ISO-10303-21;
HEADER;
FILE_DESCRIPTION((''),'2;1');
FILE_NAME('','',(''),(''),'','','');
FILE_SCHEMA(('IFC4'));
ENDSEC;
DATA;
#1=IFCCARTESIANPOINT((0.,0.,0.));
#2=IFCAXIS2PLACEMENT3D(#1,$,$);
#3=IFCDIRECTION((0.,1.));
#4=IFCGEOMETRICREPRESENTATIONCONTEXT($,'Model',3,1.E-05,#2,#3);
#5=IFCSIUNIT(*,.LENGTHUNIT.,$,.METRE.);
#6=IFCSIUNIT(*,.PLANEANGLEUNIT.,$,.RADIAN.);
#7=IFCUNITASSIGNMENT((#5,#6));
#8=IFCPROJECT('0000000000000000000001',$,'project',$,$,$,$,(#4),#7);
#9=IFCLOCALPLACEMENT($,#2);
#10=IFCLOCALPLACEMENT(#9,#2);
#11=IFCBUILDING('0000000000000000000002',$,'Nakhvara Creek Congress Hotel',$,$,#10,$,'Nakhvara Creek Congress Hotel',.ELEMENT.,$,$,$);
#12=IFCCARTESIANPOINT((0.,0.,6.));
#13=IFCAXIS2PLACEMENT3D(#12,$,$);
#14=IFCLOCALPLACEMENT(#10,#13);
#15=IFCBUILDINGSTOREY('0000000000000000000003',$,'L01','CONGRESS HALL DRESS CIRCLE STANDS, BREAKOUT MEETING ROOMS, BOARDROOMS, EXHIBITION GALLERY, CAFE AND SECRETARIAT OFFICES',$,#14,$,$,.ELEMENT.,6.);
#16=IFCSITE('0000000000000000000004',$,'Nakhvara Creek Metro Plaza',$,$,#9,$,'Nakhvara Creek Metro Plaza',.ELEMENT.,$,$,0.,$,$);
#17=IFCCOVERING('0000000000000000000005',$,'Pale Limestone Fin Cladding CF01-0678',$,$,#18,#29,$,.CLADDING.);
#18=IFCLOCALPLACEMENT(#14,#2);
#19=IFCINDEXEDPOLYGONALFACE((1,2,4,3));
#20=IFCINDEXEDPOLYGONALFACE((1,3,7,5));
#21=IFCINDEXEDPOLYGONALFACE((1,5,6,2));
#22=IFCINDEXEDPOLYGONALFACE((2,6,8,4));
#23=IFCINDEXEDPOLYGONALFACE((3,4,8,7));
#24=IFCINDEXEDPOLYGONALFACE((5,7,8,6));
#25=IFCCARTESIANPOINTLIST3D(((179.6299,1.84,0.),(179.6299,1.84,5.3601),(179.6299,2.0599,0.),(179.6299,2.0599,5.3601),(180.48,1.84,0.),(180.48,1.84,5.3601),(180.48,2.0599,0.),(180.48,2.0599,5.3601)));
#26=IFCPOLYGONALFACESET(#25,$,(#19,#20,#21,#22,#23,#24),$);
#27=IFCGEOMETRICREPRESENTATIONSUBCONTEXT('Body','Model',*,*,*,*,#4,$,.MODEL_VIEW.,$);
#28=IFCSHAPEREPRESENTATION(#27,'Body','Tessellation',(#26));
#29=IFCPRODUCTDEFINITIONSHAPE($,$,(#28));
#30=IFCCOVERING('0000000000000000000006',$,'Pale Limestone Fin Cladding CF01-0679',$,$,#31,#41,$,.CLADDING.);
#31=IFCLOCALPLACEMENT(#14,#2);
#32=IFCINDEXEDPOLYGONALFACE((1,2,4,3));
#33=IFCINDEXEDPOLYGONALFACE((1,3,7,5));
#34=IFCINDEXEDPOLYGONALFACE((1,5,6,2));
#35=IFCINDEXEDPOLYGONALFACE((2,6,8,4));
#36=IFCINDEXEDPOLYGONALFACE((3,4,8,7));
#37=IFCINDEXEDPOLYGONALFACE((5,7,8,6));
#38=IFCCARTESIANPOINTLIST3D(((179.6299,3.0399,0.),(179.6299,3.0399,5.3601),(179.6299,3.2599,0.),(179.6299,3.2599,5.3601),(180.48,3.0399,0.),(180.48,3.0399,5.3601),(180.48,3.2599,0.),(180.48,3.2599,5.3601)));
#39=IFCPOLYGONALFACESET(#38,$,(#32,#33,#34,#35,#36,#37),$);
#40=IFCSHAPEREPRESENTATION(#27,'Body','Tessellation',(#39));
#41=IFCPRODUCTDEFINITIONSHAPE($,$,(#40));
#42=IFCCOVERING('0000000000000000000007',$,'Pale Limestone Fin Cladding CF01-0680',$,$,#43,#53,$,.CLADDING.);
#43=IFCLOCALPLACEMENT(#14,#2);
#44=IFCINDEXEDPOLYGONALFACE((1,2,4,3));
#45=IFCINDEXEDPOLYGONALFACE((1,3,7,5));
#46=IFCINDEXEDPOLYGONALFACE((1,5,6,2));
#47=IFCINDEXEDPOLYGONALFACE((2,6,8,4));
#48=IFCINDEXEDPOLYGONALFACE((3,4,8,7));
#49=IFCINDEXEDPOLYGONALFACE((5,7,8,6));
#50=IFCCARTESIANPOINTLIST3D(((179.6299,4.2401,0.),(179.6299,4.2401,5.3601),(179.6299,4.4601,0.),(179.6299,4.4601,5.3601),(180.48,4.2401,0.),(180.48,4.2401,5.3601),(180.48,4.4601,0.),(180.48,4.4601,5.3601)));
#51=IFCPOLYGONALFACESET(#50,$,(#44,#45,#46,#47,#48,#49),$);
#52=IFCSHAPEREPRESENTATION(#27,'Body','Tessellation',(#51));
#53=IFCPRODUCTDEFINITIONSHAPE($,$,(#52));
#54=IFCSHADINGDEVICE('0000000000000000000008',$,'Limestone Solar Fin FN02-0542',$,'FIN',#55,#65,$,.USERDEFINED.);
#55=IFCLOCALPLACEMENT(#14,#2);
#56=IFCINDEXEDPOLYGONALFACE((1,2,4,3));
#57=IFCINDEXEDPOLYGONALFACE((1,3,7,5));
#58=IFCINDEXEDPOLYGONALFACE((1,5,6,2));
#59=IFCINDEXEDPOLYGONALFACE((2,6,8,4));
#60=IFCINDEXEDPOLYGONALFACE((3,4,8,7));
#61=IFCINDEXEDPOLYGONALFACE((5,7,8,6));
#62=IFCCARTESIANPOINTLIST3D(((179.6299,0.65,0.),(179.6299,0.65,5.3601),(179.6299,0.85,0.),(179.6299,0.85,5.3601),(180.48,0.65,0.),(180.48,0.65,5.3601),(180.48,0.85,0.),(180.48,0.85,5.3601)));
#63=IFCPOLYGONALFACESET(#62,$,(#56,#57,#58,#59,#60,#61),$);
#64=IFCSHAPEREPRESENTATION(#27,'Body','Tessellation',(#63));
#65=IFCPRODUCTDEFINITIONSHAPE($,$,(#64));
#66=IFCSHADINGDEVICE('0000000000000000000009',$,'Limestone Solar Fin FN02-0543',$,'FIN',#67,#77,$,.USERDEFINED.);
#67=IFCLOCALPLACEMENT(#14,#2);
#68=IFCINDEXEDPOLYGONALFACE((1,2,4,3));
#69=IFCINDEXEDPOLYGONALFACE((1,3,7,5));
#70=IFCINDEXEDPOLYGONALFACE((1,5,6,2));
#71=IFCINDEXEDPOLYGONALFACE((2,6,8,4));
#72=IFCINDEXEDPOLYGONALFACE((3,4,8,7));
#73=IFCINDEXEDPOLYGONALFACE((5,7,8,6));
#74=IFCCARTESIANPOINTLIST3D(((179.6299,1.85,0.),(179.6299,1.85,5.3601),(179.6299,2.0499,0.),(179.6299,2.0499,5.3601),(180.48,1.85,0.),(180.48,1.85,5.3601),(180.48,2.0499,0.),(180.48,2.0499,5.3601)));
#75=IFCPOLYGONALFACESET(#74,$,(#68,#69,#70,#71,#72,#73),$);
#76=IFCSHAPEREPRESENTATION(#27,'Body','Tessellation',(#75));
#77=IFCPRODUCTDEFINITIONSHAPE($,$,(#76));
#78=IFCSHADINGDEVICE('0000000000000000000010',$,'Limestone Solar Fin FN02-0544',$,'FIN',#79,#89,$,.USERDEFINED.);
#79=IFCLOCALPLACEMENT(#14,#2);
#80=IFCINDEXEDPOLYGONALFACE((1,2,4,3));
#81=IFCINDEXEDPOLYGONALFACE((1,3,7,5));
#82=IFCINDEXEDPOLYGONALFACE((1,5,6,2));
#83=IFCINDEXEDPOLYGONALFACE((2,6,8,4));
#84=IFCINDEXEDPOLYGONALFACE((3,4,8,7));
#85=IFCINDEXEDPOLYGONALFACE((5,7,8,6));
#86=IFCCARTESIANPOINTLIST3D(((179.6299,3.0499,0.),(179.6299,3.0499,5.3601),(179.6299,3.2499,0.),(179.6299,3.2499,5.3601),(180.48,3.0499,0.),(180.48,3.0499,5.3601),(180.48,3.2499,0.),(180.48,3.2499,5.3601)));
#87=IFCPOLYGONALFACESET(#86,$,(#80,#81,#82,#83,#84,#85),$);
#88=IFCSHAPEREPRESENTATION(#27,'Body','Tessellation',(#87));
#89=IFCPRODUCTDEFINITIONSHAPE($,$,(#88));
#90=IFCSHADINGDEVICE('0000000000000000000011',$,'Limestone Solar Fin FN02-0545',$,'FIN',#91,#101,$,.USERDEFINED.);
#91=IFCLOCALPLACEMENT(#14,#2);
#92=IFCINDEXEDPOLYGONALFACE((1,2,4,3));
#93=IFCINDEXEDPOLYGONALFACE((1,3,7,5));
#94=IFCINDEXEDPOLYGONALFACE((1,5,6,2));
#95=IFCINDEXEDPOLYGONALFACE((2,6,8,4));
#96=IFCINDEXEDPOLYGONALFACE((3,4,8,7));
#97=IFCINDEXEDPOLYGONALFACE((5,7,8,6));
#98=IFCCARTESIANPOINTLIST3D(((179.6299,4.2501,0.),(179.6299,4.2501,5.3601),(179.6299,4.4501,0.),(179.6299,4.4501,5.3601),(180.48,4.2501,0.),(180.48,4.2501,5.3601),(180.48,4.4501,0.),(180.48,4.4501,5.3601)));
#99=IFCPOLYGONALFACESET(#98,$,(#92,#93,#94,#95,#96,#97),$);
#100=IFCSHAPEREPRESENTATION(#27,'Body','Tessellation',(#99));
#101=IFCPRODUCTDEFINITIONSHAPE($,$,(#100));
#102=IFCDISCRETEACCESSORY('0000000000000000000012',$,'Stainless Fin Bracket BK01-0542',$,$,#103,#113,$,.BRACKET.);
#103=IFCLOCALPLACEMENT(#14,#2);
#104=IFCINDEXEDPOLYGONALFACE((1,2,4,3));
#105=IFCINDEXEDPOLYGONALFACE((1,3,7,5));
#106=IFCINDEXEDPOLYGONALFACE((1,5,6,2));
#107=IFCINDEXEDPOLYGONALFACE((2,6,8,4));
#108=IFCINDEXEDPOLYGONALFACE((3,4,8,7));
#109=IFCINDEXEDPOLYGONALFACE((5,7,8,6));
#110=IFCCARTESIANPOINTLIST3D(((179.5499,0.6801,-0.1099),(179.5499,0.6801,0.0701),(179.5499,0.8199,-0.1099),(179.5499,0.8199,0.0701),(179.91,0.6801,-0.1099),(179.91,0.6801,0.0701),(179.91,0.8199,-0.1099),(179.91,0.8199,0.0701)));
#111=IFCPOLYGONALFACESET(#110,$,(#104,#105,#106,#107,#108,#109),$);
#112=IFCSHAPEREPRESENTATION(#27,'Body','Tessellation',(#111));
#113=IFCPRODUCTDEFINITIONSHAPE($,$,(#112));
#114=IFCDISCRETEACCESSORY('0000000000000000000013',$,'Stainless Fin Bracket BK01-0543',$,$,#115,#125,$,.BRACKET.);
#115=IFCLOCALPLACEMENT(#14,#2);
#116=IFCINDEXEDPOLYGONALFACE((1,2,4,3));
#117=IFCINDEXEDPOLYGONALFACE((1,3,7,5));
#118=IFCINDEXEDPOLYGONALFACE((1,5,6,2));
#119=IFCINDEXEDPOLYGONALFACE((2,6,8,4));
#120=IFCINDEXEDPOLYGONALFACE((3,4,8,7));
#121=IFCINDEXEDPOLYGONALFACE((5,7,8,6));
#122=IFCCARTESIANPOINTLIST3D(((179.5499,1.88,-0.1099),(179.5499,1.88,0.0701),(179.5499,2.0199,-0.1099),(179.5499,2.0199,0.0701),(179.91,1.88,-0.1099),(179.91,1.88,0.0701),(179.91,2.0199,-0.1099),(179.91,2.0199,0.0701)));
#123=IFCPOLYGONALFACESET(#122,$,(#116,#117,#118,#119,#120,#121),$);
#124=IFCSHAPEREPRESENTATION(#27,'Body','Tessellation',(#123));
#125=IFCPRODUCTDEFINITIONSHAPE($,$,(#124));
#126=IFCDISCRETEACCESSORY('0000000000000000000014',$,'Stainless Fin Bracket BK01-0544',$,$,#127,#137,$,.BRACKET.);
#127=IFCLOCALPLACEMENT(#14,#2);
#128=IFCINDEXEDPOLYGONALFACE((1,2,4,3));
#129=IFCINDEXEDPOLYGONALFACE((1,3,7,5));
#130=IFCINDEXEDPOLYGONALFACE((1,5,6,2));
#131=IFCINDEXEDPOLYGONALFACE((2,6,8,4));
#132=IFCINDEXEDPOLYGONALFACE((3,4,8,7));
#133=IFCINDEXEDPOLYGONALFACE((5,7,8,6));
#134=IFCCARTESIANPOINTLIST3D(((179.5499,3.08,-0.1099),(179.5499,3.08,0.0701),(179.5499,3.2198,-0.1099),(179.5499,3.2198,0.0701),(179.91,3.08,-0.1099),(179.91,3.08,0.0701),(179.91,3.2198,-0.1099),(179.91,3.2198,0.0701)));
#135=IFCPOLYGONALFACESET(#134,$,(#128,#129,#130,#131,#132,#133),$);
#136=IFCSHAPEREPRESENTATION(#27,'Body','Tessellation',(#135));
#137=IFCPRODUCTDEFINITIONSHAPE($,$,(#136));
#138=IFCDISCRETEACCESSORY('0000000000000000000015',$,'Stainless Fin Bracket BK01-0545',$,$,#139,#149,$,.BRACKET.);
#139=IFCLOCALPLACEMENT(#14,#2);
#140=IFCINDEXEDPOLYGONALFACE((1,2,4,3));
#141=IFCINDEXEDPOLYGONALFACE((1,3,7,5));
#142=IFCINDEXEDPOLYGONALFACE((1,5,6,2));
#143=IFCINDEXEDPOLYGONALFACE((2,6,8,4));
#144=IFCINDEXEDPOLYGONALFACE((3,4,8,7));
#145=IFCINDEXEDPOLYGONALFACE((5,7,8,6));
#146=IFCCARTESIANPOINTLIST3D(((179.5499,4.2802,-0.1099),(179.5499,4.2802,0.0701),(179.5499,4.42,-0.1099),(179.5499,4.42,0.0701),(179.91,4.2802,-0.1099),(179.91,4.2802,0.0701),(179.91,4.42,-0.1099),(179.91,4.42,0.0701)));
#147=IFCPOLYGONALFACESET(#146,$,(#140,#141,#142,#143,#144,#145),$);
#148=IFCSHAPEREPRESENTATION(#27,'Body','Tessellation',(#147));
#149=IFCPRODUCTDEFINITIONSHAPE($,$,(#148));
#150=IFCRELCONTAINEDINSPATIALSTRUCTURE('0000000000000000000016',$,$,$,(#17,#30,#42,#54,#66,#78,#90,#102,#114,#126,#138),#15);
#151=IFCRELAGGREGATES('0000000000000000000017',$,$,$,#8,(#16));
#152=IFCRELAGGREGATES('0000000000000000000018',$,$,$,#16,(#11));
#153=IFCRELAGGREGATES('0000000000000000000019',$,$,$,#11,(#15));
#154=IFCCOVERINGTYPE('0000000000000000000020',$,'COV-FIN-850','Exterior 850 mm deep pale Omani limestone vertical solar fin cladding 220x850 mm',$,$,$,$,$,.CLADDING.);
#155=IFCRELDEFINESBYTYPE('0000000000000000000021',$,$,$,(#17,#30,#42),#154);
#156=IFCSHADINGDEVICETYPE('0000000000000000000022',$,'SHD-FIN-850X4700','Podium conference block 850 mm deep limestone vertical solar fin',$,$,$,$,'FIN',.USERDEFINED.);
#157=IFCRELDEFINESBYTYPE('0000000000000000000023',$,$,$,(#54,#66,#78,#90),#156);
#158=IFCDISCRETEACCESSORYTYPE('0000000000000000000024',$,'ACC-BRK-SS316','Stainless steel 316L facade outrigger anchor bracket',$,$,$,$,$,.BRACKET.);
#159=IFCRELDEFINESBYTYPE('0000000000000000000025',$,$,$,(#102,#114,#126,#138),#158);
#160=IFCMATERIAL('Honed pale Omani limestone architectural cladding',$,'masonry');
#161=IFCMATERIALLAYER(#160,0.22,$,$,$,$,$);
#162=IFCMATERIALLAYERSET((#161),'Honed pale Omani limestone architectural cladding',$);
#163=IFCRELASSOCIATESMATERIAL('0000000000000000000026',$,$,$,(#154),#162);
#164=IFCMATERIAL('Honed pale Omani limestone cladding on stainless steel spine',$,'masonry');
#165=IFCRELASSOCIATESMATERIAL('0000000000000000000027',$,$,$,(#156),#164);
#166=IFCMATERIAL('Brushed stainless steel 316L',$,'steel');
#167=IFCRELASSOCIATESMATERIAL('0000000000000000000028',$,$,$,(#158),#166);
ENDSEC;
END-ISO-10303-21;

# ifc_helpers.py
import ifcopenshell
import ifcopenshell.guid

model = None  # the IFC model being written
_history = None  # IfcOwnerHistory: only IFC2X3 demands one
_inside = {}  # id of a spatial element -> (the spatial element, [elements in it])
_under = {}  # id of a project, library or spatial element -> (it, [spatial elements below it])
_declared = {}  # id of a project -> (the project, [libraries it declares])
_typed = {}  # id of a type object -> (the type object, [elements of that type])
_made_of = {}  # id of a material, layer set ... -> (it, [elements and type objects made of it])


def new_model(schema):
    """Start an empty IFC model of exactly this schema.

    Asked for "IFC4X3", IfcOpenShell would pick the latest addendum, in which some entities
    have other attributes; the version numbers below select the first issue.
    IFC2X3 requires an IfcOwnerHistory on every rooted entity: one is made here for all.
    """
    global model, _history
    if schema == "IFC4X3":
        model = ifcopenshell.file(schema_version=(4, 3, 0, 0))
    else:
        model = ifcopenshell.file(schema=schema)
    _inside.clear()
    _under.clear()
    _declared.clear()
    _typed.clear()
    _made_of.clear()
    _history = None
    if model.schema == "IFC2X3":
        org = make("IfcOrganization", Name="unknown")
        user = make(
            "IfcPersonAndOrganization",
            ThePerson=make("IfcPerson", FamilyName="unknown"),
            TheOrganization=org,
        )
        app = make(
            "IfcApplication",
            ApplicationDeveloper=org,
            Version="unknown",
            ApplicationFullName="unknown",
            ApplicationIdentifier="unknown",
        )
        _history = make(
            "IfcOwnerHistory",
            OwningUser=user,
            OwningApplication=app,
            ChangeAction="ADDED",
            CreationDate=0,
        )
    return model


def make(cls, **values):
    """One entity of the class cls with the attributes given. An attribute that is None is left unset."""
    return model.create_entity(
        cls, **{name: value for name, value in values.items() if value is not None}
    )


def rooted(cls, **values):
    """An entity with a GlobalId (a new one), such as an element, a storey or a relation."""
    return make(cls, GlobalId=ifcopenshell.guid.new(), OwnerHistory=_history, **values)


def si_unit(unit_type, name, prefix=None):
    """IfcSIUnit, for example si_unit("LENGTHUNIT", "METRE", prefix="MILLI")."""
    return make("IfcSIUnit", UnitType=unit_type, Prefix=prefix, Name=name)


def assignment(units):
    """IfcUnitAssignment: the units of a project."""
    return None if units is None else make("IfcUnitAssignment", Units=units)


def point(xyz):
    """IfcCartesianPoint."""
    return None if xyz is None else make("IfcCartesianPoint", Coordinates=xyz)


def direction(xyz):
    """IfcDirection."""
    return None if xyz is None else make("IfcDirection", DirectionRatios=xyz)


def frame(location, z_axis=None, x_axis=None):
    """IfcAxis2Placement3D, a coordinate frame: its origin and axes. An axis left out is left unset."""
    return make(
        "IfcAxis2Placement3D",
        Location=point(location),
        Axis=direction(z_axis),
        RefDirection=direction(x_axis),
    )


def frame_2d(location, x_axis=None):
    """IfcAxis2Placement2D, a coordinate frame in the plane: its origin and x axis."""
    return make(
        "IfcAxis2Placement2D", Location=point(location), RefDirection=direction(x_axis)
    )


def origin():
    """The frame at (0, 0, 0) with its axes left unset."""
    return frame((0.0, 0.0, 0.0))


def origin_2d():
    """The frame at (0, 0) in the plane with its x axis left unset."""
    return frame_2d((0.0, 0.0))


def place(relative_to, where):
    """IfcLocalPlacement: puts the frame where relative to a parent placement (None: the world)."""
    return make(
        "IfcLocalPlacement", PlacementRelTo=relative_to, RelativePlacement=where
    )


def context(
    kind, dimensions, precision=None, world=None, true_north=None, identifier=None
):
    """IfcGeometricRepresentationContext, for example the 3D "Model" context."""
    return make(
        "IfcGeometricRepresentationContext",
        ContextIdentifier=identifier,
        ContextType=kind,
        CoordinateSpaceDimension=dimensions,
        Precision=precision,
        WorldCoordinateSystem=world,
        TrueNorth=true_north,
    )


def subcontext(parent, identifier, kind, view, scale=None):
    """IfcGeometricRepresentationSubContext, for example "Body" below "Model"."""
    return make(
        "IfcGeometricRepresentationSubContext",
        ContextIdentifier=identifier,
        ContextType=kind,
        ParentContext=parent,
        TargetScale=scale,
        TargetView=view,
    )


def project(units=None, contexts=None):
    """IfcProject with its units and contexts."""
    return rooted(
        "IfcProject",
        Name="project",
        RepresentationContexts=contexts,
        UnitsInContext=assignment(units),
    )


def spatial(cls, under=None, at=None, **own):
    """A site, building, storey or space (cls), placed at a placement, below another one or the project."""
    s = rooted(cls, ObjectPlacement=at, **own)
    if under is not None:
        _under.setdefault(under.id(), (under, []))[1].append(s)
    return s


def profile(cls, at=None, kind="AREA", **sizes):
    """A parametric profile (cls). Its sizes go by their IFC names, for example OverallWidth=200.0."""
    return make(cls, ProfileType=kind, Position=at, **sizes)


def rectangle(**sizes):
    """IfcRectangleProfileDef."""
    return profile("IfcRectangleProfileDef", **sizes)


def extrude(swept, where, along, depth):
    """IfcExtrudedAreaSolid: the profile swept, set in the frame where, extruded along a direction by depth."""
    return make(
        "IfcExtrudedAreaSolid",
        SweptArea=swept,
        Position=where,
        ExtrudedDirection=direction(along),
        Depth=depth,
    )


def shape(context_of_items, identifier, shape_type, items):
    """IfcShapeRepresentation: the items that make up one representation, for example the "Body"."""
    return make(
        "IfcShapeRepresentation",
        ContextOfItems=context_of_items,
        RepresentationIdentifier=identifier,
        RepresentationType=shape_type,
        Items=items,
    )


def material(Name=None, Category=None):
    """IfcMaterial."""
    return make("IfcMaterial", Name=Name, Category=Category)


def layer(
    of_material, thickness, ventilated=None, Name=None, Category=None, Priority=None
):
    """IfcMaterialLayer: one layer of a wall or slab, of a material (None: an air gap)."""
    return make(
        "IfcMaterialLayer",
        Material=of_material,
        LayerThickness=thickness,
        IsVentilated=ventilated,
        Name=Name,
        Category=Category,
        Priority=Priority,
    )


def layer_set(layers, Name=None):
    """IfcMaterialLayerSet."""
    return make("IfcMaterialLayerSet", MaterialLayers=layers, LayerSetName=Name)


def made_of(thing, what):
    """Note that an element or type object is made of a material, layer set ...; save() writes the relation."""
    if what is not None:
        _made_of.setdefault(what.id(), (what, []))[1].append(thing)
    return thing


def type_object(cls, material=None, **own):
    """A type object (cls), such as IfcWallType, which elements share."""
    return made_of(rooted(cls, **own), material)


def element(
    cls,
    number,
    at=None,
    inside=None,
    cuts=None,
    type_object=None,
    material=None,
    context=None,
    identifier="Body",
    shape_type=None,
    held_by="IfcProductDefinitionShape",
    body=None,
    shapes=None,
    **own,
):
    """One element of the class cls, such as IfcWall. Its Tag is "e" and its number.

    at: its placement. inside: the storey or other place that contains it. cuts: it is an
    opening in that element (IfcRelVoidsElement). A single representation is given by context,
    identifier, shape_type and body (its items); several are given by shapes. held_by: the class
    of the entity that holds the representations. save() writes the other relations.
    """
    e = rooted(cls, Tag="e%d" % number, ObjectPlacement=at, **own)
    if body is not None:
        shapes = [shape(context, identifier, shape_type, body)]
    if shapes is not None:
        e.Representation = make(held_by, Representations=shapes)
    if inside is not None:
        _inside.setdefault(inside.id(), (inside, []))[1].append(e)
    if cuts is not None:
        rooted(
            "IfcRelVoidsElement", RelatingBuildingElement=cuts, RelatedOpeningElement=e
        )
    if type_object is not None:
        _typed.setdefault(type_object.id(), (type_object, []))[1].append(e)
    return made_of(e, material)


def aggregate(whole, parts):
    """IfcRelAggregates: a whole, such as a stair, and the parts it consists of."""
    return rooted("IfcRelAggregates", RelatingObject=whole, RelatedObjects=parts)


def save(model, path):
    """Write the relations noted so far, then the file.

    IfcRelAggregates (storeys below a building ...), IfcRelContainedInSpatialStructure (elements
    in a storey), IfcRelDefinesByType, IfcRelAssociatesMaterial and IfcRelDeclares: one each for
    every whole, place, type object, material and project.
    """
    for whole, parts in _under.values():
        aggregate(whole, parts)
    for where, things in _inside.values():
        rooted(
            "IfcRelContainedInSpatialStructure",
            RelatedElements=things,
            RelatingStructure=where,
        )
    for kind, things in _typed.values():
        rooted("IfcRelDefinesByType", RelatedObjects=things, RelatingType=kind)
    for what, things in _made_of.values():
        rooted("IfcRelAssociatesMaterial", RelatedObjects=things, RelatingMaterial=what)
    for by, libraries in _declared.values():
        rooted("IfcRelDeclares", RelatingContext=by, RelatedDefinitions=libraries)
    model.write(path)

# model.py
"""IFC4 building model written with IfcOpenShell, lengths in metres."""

from ifc_helpers import new_model, si_unit, direction, frame, origin, origin_2d, place, context, subcontext, project, spatial, rectangle, extrude, material, layer, layer_set, type_object, element, save


model = new_model("IFC4")

# Units and contexts
model_context = context("Model", 3, precision=1e-05, world=origin(), true_north=direction((0.0, 1.0)))
body_context = subcontext(model_context, "Body", "Model", "MODEL_VIEW")
ifc_project = project(units=[si_unit("LENGTHUNIT", "METRE"), si_unit("PLANEANGLEUNIT", "RADIAN")], contexts=[model_context])

# Site, building, storey
site_placement = place(None, origin())
site = spatial("IfcSite", under=ifc_project, at=site_placement, Name="Nakhvara Creek Metro Plaza", LongName="Nakhvara Creek Metro Plaza", CompositionType="ELEMENT", RefElevation=0.0)
building_placement = place(site_placement, origin())
building = spatial("IfcBuilding", under=site, at=building_placement, Name="Nakhvara Creek Congress Hotel", LongName="Nakhvara Creek Congress Hotel", CompositionType="ELEMENT")
storey_placement = place(building_placement, frame((0.0, 0.0, 6.0)))
storey = spatial("IfcBuildingStorey", under=building, at=storey_placement, Name="L01", Description="CONGRESS HALL DRESS CIRCLE STANDS, BREAKOUT MEETING ROOMS, BOARDROOMS, EXHIBITION GALLERY, CAFE AND SECRETARIAT OFFICES", CompositionType="ELEMENT", Elevation=6.0)

# Coverings
ifc_material_1 = material(Name="Honed pale Omani limestone architectural cladding", Category="masonry")
ifc_layer_1 = layer(ifc_material_1, 0.22)
ifc_layer_set_1 = layer_set([ifc_layer_1], Name="Honed pale Omani limestone architectural cladding")
covering_type = type_object("IfcCoveringType", Name="COV-FIN-850", Description="Exterior 850 mm deep pale Omani limestone vertical solar fin cladding 220x850 mm", PredefinedType="CLADDING", material=ifc_layer_set_1)
for number, where, z_axis, x_axis, name in (
    (1, (180.0549, 1.95, 0.0), (0.0, 0.0, 1.0), (0.0, 1.0, 0.0), "Pale Limestone Fin Cladding CF01-0678"),
    (2, (180.0549, 3.1499, 0.0), (0.0, 0.0, 1.0), (0.0, 1.0, 0.0), "Pale Limestone Fin Cladding CF01-0679"),
    (3, (180.0549, 4.3501, 0.0), (0.0, 0.0, 1.0), (0.0, 1.0, 0.0), "Pale Limestone Fin Cladding CF01-0680"),
):
    element("IfcCovering", number, at=place(storey_placement, frame(where, z_axis=z_axis, x_axis=x_axis)), inside=storey, type_object=covering_type, Name=name, PredefinedType="CLADDING", context=body_context, shape_type="SweptSolid", body=[
        extrude(rectangle(XDim=0.22, YDim=0.8501, at=origin_2d()), origin(), (0.0, 0.0, 1.0), 5.3601),
    ])

# Shared definitions
ifc_material_2 = material(Name="Brushed stainless steel 316L", Category="steel")

# Shading devices
ifc_material_3 = material(Name="Honed pale Omani limestone cladding on stainless steel spine", Category="masonry")
shading_device_type = type_object("IfcShadingDeviceType", Name="SHD-FIN-850X4700", Description="Podium conference block 850 mm deep limestone vertical solar fin", ElementType="FIN", PredefinedType="USERDEFINED", material=ifc_material_3)
for number, where, z_axis, x_axis, name in (
    (4, (180.0549, 0.75, 0.0), (0.0, 0.0, 1.0), (0.0, 1.0, 0.0), "Limestone Solar Fin FN02-0542"),
    (5, (180.0549, 1.95, 0.0), (0.0, 0.0, 1.0), (0.0, 1.0, 0.0), "Limestone Solar Fin FN02-0543"),
    (6, (180.0549, 3.1499, 0.0), (0.0, 0.0, 1.0), (0.0, 1.0, 0.0), "Limestone Solar Fin FN02-0544"),
    (7, (180.0549, 4.3501, 0.0), (0.0, 0.0, 1.0), (0.0, 1.0, 0.0), "Limestone Solar Fin FN02-0545"),
):
    element("IfcShadingDevice", number, at=place(storey_placement, frame(where, z_axis=z_axis, x_axis=x_axis)), inside=storey, type_object=shading_device_type, Name=name, ObjectType="FIN", PredefinedType="USERDEFINED", context=body_context, shape_type="SweptSolid", body=[
        extrude(rectangle(XDim=0.2, YDim=0.8501, at=origin_2d()), origin(), (0.0, 0.0, 1.0), 5.3601),
    ])

# Discrete accessories
discrete_accessory_type = type_object("IfcDiscreteAccessoryType", Name="ACC-BRK-SS316", Description="Stainless steel 316L facade outrigger anchor bracket", PredefinedType="BRACKET", material=ifc_material_2)
for number, where, z_axis, x_axis, name in (
    (8, (179.73, 0.75, -0.1099), (0.0, 0.0, 1.0), (0.0, 1.0, 0.0), "Stainless Fin Bracket BK01-0542"),
    (9, (179.73, 1.95, -0.1099), (0.0, 0.0, 1.0), (0.0, 1.0, 0.0), "Stainless Fin Bracket BK01-0543"),
    (10, (179.73, 3.1499, -0.1099), (0.0, 0.0, 1.0), (0.0, 1.0, 0.0), "Stainless Fin Bracket BK01-0544"),
    (11, (179.73, 4.3501, -0.1099), (0.0, 0.0, 1.0), (0.0, 1.0, 0.0), "Stainless Fin Bracket BK01-0545"),
):
    element("IfcDiscreteAccessory", number, at=place(storey_placement, frame(where, z_axis=z_axis, x_axis=x_axis)), inside=storey, type_object=discrete_accessory_type, Name=name, PredefinedType="BRACKET", context=body_context, shape_type="SweptSolid", body=[
        extrude(rectangle(XDim=0.1399, YDim=0.3601, at=origin_2d()), origin(), (0.0, 0.0, 1.0), 0.1799),
    ])

save(model, "model.ifc")
